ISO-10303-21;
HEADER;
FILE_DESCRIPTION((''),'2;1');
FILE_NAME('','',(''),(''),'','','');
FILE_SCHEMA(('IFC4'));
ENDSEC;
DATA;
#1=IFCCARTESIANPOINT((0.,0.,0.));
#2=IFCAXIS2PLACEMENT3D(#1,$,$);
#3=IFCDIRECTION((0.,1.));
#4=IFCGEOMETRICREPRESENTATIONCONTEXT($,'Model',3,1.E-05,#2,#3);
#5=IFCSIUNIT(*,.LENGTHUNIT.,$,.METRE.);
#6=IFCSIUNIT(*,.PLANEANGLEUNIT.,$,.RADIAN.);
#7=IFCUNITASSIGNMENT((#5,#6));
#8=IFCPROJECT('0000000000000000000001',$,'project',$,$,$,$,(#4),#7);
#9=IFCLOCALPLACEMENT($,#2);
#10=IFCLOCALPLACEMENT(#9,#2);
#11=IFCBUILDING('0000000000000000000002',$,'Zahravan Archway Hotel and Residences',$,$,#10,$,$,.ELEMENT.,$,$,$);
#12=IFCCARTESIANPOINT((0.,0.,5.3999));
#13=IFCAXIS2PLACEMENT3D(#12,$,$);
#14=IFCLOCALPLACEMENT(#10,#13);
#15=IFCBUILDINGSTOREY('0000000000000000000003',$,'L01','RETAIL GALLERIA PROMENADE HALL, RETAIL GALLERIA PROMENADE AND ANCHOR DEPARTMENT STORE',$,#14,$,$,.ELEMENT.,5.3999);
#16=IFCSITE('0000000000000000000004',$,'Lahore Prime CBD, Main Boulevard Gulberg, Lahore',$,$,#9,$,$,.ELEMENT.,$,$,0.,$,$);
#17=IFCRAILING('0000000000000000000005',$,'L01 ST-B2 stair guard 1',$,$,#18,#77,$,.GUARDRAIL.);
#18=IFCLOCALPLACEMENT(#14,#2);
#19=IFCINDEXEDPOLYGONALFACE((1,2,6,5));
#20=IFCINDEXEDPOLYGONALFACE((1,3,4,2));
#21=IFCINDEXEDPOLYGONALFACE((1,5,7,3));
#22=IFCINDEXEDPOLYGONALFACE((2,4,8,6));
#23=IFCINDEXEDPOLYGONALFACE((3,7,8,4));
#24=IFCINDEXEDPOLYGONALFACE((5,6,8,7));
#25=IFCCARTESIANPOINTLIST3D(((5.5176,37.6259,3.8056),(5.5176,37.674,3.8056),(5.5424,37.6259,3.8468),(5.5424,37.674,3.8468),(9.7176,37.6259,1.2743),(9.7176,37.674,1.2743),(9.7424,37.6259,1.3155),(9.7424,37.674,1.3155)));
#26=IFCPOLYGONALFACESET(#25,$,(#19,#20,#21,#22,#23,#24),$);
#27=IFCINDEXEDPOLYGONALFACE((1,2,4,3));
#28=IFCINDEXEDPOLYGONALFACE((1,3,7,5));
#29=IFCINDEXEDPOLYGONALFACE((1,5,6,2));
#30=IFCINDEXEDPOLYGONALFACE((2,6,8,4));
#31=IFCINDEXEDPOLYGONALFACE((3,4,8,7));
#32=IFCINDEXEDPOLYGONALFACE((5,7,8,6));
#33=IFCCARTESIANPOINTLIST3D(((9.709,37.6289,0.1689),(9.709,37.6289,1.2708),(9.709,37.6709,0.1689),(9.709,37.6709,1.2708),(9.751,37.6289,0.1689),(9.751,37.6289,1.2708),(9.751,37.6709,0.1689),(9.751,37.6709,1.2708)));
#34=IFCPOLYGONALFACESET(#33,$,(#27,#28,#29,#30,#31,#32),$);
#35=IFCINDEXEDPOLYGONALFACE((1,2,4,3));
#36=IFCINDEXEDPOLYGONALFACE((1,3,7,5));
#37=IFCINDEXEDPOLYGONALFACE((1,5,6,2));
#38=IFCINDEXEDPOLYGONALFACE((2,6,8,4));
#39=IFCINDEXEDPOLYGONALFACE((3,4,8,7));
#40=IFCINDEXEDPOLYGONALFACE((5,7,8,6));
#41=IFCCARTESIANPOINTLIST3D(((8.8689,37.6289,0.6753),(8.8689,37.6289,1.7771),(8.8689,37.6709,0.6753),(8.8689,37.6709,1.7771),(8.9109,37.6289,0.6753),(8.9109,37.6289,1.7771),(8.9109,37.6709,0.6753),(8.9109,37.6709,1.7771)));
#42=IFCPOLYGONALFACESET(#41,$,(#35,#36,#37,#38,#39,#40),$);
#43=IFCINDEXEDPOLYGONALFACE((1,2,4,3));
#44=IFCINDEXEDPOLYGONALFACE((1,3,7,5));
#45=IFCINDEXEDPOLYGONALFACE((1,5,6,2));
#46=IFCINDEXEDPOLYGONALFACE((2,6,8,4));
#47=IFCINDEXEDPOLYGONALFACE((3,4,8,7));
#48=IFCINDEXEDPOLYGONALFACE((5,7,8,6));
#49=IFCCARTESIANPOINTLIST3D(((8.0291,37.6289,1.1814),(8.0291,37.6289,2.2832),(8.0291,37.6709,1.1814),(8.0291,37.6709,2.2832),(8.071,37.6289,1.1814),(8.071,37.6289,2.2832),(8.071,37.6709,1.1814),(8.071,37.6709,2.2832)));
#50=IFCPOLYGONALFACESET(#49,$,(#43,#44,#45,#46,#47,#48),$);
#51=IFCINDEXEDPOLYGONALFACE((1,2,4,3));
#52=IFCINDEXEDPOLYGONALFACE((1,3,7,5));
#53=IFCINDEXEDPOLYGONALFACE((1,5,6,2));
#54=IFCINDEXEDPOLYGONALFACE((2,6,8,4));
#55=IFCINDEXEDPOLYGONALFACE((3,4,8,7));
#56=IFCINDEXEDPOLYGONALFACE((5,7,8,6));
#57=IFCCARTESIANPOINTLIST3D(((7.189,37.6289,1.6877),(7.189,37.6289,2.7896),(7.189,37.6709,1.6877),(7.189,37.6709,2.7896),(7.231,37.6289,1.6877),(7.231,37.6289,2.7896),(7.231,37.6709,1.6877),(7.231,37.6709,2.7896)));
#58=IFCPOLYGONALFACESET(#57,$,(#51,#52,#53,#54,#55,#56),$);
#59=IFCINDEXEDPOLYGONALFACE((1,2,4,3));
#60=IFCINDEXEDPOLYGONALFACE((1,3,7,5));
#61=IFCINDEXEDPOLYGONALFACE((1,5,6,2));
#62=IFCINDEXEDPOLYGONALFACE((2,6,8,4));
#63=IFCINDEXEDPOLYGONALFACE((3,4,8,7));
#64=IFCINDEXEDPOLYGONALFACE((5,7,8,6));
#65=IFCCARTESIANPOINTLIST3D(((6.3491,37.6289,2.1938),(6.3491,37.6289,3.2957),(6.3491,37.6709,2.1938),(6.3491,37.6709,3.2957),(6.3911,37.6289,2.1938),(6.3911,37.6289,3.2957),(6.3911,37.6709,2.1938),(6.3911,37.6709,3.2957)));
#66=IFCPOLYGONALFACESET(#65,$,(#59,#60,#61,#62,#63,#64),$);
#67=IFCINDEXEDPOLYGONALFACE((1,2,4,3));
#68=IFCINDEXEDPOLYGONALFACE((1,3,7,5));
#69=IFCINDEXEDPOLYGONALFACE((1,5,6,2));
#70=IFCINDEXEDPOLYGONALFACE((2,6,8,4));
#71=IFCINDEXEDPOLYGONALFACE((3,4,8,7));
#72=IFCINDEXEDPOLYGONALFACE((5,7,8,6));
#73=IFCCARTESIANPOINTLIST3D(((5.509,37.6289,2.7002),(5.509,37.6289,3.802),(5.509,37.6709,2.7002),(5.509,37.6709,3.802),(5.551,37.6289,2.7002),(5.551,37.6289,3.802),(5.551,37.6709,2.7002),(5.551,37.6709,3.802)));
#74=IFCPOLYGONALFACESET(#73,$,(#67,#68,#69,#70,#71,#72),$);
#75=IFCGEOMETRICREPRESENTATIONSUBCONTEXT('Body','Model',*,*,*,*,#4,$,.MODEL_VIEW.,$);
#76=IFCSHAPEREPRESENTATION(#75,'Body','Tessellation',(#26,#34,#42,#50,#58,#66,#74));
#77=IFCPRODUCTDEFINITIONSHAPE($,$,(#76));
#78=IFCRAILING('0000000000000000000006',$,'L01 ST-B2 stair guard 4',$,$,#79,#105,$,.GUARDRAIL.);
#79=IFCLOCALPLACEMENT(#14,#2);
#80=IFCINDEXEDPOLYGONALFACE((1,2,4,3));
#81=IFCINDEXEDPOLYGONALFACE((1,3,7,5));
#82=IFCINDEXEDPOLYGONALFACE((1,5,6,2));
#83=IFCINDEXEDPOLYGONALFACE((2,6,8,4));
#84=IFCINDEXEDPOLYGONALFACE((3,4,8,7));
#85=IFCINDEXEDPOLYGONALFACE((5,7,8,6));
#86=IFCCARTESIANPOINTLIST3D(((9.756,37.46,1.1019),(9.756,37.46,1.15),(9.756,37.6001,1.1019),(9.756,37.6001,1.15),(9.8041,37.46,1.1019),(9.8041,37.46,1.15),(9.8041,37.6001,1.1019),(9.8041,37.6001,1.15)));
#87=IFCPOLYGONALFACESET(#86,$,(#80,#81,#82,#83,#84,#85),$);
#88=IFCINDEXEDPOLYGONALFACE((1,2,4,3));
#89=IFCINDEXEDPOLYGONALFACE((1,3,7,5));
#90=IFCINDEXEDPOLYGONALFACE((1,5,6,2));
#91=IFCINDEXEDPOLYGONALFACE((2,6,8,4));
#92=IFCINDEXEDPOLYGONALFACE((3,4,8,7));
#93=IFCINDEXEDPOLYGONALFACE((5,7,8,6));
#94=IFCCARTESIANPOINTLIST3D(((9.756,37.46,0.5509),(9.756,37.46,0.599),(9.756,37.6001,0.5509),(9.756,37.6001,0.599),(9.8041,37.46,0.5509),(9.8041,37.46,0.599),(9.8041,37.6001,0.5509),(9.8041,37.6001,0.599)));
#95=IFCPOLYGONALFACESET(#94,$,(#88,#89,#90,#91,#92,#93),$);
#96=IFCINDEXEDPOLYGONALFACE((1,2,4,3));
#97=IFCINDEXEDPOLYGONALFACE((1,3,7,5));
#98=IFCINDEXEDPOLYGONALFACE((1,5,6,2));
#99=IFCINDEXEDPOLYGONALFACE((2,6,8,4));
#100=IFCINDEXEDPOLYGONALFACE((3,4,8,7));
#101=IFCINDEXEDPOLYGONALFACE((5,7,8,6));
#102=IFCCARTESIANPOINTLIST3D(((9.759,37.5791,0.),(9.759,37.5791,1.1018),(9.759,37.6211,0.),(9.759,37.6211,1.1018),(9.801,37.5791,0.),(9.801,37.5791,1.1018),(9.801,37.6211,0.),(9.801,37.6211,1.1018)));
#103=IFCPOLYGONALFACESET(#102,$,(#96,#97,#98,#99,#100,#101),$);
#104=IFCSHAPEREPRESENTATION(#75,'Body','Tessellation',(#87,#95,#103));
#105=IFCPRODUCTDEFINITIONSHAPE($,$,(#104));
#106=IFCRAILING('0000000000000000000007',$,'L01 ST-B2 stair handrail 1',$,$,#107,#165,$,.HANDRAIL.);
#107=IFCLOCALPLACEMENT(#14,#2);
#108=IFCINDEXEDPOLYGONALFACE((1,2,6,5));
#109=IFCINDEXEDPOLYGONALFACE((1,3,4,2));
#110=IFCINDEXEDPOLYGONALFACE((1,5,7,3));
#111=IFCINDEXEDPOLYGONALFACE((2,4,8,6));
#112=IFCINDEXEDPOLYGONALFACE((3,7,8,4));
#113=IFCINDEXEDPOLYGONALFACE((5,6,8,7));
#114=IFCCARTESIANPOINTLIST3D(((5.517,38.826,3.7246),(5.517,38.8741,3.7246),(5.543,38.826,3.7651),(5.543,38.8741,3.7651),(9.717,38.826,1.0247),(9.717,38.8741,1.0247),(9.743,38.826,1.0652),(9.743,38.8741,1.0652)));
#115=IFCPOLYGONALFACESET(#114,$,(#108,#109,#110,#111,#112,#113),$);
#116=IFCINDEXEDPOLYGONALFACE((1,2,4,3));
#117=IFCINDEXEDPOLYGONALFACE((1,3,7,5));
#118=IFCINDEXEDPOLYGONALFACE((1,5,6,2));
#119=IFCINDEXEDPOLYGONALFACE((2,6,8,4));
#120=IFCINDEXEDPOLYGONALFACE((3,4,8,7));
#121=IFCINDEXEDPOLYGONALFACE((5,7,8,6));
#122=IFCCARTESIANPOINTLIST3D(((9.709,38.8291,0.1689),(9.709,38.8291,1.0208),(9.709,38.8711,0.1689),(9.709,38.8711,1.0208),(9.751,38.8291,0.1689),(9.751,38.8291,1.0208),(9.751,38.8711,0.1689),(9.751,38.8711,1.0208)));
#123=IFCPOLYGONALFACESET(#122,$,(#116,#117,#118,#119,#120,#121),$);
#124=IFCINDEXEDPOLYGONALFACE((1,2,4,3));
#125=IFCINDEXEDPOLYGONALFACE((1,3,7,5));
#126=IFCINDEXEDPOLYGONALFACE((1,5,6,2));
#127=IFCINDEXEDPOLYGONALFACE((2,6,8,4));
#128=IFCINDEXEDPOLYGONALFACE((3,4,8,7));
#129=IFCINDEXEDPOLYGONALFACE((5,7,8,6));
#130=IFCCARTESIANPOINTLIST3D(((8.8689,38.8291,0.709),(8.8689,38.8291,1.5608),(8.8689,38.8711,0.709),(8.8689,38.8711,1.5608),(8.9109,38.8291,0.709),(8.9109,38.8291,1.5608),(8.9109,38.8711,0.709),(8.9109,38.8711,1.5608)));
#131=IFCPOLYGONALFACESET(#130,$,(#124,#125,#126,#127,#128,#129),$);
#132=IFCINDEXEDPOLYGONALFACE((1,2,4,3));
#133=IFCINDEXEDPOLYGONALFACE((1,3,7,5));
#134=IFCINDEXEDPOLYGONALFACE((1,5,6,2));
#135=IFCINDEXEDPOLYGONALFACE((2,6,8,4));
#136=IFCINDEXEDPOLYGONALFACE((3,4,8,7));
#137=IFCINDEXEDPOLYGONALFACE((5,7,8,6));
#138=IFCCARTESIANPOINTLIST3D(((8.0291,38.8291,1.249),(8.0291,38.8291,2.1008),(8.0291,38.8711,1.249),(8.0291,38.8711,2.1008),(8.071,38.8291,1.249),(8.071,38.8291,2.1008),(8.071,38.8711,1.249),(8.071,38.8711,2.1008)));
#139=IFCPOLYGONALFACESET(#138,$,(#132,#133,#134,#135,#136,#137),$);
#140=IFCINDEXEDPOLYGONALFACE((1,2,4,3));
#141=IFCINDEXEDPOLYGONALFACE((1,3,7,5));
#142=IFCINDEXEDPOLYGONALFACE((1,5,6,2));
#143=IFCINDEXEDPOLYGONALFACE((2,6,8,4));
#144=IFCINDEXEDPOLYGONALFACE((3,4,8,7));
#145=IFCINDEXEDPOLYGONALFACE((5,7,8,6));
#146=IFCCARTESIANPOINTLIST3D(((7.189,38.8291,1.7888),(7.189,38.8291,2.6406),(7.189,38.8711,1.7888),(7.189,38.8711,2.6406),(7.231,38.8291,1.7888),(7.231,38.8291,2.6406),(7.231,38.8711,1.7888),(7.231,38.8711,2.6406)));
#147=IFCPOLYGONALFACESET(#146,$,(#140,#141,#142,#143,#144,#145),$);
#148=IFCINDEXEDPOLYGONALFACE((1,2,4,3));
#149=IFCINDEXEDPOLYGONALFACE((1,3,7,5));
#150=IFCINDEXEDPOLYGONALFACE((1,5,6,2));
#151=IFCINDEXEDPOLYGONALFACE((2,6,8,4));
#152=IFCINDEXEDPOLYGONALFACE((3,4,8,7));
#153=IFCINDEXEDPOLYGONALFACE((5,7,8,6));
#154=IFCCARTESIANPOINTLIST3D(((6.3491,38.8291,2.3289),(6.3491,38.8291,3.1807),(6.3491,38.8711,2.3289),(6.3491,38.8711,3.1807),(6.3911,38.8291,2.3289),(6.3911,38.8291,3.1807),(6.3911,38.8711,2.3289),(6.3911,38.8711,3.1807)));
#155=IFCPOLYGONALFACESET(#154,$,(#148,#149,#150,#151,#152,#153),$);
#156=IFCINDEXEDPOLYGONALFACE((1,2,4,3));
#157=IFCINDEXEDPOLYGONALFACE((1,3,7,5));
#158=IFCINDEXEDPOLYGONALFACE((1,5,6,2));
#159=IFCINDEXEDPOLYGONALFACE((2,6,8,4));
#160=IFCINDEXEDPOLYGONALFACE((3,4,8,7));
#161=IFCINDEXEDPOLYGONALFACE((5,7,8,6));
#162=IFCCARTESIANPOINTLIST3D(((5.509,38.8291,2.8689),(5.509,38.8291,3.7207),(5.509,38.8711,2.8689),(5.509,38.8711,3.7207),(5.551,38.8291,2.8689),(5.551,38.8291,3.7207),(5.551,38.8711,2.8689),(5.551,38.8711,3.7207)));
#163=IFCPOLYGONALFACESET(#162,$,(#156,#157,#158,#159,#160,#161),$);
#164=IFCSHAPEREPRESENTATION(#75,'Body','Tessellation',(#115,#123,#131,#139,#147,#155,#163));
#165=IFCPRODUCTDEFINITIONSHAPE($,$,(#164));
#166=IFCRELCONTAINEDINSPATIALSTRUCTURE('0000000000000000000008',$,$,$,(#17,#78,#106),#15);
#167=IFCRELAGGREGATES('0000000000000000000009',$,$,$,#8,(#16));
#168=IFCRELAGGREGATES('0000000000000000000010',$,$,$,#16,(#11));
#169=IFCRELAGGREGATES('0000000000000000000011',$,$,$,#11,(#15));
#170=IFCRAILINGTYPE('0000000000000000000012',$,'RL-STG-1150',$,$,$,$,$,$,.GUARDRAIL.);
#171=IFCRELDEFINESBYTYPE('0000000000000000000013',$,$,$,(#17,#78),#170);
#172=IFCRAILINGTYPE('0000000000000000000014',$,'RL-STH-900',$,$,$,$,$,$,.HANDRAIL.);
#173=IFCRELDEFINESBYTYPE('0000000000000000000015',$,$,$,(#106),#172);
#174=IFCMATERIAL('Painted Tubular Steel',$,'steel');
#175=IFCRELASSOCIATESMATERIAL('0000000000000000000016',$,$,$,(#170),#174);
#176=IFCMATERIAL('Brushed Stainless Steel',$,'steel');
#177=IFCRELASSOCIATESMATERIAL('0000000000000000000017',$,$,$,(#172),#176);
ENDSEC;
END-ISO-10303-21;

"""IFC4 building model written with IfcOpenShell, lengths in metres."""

from ifc_helpers import new_model, si_unit, direction, frame, origin, origin_2d, place, context, subcontext, project, spatial, rectangle, extrude, material, type_object, element, save


model = new_model("IFC4")

# Units and contexts
model_context = context("Model", 3, precision=1e-05, world=origin(), true_north=direction((0.0, 1.0)))
body_context = subcontext(model_context, "Body", "Model", "MODEL_VIEW")
ifc_project = project(units=[si_unit("LENGTHUNIT", "METRE"), si_unit("PLANEANGLEUNIT", "RADIAN")], contexts=[model_context])

# Site, building, storey
site_placement = place(None, origin())
site = spatial("IfcSite", under=ifc_project, at=site_placement, Name="Lahore Prime CBD, Main Boulevard Gulberg, Lahore", CompositionType="ELEMENT", RefElevation=0.0)
building_placement = place(site_placement, origin())
building = spatial("IfcBuilding", under=site, at=building_placement, Name="Zahravan Archway Hotel and Residences", CompositionType="ELEMENT")
storey_placement = place(building_placement, frame((0.0, 0.0, 5.3999)))
storey = spatial("IfcBuildingStorey", under=building, at=storey_placement, Name="L01", Description="RETAIL GALLERIA PROMENADE HALL, RETAIL GALLERIA PROMENADE AND ANCHOR DEPARTMENT STORE", CompositionType="ELEMENT", Elevation=5.3999)

# Railings
ifc_material_1 = material(Name="Painted Tubular Steel", Category="steel")
railing_type_1 = type_object("IfcRailingType", Name="RL-STG-1150", PredefinedType="GUARDRAIL", material=ifc_material_1)
railing_1_placement = place(storey_placement, frame((9.73, 37.6499, 0.1689)))
element("IfcRailing", 1, at=railing_1_placement, inside=storey, type_object=railing_type_1, Name="L01 ST-B2 stair guard 1", PredefinedType="GUARDRAIL", context=body_context, shape_type="SweptSolid", body=[
    extrude(rectangle(XDim=0.0481, YDim=0.0481, at=origin_2d()), frame((0.0, 0.0, 1.126), z_axis=(-0.856476, 0.0, 0.516186), x_axis=(0.0, -1.0, 0.0)), (0.0, 0.0, 1.0), 4.9038),
    extrude(rectangle(XDim=0.042, YDim=0.042, at=origin_2d()), origin(), (0.0, 0.0, 1.0), 1.1018),
    extrude(rectangle(XDim=0.042, YDim=0.042, at=origin_2d()), frame((-0.8401, 0.0, 0.5063)), (0.0, 0.0, 1.0), 1.1018),
    extrude(rectangle(XDim=0.042, YDim=0.042, at=origin_2d()), frame((-1.6799, 0.0, 1.0125)), (0.0, 0.0, 1.0), 1.1018),
    extrude(rectangle(XDim=0.042, YDim=0.042, at=origin_2d()), frame((-2.52, 0.0, 1.5188)), (0.0, 0.0, 1.0), 1.1018),
    extrude(rectangle(XDim=0.042, YDim=0.042, at=origin_2d()), frame((-3.3599, 0.0, 2.0249)), (0.0, 0.0, 1.0), 1.1018),
    extrude(rectangle(XDim=0.042, YDim=0.042, at=origin_2d()), frame((-4.2, 0.0, 2.5312)), (0.0, 0.0, 1.0), 1.1018),
])
railing_2_placement = place(storey_placement, frame((9.78, 37.6001, 0.0)))
element("IfcRailing", 2, at=railing_2_placement, inside=storey, type_object=railing_type_1, Name="L01 ST-B2 stair guard 4", PredefinedType="GUARDRAIL", context=body_context, shape_type="SweptSolid", body=[
    extrude(rectangle(XDim=0.0481, YDim=0.0481, at=origin_2d()), frame((0.0, 0.0, 1.126), z_axis=(0.0, -1.0, 0.0), x_axis=(1.0, 0.0, 0.0)), (0.0, 0.0, 1.0), 0.1401),
    extrude(rectangle(XDim=0.0481, YDim=0.0481, at=origin_2d()), frame((0.0, 0.0, 0.575), z_axis=(0.0, -1.0, 0.0), x_axis=(1.0, 0.0, 0.0)), (0.0, 0.0, 1.0), 0.1401),
    extrude(rectangle(XDim=0.042, YDim=0.042, at=origin_2d()), origin(), (0.0, 0.0, 1.0), 1.1018),
])
ifc_material_2 = material(Name="Brushed Stainless Steel", Category="steel")
railing_type_2 = type_object("IfcRailingType", Name="RL-STH-900", PredefinedType="HANDRAIL", material=ifc_material_2)
railing_3_placement = place(storey_placement, frame((9.73, 38.8501, 0.1689)))
element("IfcRailing", 3, at=railing_3_placement, inside=storey, type_object=railing_type_2, Name="L01 ST-B2 stair handrail 1", PredefinedType="HANDRAIL", context=body_context, shape_type="SweptSolid", body=[
    extrude(rectangle(XDim=0.0481, YDim=0.0481, at=origin_2d()), frame((0.0, 0.0, 0.876), z_axis=(-0.84118, 0.0, 0.540755), x_axis=(0.0, -1.0, 0.0)), (0.0, 0.0, 1.0), 4.9929),
    extrude(rectangle(XDim=0.042, YDim=0.042, at=origin_2d()), origin(), (0.0, 0.0, 1.0), 0.8518),
    extrude(rectangle(XDim=0.042, YDim=0.042, at=origin_2d()), frame((-0.8401, 0.0, 0.54)), (0.0, 0.0, 1.0), 0.8518),
    extrude(rectangle(XDim=0.042, YDim=0.042, at=origin_2d()), frame((-1.6799, 0.0, 1.0801)), (0.0, 0.0, 1.0), 0.8518),
    extrude(rectangle(XDim=0.042, YDim=0.042, at=origin_2d()), frame((-2.52, 0.0, 1.6199)), (0.0, 0.0, 1.0), 0.8518),
    extrude(rectangle(XDim=0.042, YDim=0.042, at=origin_2d()), frame((-3.3599, 0.0, 2.1599)), (0.0, 0.0, 1.0), 0.8518),
    extrude(rectangle(XDim=0.042, YDim=0.042, at=origin_2d()), frame((-4.2, 0.0, 2.7)), (0.0, 0.0, 1.0), 0.8518),
])

save(model, "model.ifc")
